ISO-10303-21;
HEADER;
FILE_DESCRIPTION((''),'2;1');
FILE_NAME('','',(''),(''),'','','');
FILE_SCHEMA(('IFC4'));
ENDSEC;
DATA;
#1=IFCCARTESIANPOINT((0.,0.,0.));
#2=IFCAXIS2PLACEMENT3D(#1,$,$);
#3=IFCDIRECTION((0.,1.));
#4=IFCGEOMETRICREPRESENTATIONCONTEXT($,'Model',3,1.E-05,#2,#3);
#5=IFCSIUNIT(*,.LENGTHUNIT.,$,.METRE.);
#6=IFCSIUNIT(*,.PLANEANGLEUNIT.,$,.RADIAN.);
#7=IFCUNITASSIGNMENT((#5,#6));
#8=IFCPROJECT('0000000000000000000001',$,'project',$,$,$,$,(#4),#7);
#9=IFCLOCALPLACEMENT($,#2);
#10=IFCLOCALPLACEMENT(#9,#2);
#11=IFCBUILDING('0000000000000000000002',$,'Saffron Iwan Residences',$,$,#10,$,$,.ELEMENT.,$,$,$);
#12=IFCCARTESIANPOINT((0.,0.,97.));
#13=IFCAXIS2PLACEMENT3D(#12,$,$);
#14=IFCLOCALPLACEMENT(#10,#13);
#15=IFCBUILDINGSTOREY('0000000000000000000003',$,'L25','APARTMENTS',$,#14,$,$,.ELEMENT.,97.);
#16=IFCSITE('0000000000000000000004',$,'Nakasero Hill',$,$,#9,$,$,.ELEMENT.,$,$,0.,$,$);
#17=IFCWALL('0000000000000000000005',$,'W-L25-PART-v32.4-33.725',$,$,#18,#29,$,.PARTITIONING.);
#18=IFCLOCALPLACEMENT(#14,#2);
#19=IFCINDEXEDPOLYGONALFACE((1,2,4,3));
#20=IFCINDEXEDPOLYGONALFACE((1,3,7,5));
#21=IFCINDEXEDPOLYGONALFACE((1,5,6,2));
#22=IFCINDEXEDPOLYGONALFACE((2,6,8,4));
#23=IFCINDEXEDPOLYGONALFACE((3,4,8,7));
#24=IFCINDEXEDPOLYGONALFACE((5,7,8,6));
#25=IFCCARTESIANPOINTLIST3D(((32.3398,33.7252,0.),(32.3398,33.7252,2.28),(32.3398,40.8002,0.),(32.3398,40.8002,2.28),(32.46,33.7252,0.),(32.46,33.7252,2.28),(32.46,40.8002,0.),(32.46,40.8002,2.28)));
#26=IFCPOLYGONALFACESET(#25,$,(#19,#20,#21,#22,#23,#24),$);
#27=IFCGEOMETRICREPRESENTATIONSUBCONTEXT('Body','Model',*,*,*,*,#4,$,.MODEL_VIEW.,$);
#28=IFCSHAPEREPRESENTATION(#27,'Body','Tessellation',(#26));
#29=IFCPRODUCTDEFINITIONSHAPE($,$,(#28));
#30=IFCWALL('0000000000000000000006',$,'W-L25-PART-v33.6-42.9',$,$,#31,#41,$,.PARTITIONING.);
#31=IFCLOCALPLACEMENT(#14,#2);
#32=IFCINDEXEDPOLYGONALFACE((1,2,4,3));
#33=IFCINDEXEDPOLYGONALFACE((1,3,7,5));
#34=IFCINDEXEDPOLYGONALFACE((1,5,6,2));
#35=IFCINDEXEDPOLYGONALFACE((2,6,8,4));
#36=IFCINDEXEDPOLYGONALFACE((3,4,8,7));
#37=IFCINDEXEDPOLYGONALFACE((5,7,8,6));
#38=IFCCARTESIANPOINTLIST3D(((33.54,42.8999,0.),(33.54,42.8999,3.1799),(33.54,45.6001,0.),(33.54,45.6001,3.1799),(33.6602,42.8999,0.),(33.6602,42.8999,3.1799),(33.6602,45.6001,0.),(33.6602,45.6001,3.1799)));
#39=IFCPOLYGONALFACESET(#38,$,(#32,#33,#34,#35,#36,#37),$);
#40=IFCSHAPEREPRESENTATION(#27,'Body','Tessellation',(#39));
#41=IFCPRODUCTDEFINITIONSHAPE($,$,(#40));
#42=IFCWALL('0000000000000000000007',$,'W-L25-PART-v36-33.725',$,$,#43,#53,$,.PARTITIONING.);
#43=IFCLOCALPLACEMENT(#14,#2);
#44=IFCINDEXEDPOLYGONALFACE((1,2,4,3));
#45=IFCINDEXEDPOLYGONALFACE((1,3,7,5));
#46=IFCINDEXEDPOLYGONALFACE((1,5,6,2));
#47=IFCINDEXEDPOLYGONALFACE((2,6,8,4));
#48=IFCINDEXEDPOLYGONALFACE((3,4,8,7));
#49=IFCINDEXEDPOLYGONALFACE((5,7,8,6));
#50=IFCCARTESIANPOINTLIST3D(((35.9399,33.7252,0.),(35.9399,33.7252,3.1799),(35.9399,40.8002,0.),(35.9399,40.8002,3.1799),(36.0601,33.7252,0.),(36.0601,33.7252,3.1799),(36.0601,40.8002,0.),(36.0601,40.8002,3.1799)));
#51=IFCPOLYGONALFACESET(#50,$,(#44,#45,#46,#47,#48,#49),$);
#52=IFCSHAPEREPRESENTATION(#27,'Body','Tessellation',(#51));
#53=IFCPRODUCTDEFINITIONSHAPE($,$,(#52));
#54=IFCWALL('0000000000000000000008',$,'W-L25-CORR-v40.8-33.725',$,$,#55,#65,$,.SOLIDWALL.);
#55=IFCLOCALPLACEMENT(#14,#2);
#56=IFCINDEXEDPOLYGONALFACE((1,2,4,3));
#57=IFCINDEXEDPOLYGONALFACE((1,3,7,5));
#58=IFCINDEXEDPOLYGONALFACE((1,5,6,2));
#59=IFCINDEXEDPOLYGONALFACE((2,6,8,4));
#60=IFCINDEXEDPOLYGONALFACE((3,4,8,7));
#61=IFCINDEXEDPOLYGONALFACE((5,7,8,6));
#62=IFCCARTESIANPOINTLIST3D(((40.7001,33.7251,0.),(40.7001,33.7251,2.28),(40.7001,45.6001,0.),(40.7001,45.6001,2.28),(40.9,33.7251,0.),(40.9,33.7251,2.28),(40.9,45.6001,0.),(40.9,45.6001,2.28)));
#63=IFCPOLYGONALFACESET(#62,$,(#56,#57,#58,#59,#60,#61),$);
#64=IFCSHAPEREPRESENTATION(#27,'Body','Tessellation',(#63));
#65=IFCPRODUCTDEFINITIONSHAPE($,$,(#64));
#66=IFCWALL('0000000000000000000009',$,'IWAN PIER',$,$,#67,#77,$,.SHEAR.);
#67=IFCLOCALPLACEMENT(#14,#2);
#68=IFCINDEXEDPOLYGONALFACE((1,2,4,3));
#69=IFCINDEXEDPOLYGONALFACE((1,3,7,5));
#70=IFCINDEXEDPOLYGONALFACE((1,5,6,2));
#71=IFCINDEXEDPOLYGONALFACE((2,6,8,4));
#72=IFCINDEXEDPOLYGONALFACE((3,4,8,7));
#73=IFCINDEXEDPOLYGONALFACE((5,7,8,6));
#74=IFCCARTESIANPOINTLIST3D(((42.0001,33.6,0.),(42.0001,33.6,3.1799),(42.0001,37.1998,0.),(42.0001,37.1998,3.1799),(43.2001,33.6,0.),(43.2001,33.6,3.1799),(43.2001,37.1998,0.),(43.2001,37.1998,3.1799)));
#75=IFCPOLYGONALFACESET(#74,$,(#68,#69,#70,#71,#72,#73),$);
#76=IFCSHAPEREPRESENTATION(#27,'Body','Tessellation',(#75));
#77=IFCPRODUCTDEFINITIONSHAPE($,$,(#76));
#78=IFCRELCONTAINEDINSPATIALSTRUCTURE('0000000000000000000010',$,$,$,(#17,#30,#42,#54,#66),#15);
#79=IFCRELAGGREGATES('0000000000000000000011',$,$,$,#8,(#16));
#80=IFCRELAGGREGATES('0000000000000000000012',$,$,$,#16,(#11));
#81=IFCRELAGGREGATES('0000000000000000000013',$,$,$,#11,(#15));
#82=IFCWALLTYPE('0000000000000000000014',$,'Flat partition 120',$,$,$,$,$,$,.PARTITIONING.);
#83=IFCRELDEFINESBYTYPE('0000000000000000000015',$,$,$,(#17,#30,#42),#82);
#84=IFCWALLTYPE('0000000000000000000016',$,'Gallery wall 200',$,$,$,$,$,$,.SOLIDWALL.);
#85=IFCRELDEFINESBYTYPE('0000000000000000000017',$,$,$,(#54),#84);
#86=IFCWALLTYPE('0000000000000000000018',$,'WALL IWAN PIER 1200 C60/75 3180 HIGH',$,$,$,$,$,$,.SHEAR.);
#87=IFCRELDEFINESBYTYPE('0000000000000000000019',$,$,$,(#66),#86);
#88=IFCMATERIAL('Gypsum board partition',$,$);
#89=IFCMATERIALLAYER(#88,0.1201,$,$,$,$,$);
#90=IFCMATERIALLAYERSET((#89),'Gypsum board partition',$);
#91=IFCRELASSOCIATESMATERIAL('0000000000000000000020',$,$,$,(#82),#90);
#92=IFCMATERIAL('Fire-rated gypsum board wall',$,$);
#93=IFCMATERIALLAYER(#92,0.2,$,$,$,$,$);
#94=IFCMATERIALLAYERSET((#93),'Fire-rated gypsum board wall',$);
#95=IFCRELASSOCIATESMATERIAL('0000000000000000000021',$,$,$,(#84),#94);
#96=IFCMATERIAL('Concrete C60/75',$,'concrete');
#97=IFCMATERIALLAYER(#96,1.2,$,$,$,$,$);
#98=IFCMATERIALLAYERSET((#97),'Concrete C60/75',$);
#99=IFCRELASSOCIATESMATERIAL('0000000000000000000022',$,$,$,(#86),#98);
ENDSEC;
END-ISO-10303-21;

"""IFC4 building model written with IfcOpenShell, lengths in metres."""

from ifc_helpers import new_model, si_unit, direction, frame, frame_2d, origin, place, context, subcontext, project, spatial, rectangle, extrude, material, layer, layer_set, type_object, element, save


model = new_model("IFC4")

# Units and contexts
model_context = context("Model", 3, precision=1e-05, world=origin(), true_north=direction((0.0, 1.0)))
body_context = subcontext(model_context, "Body", "Model", "MODEL_VIEW")
ifc_project = project(units=[si_unit("LENGTHUNIT", "METRE"), si_unit("PLANEANGLEUNIT", "RADIAN")], contexts=[model_context])

# Site, building, storey
site_placement = place(None, origin())
site = spatial("IfcSite", under=ifc_project, at=site_placement, Name="Nakasero Hill", CompositionType="ELEMENT", RefElevation=0.0)
building_placement = place(site_placement, origin())
building = spatial("IfcBuilding", under=site, at=building_placement, Name="Saffron Iwan Residences", CompositionType="ELEMENT")
storey_placement = place(building_placement, frame((0.0, 0.0, 97.0)))
storey = spatial("IfcBuildingStorey", under=building, at=storey_placement, Name="L25", Description="APARTMENTS", CompositionType="ELEMENT", Elevation=97.0)

# Shared definitions
ifc_material_1 = material(Name="Concrete C60/75", Category="concrete")

# Shared definitions
ifc_material_2 = material(Name="Gypsum board partition")
ifc_layer_1 = layer(ifc_material_2, 0.1201)
ifc_layer_set_1 = layer_set([ifc_layer_1], Name="Gypsum board partition")
wall_type_1 = type_object("IfcWallType", Name="Flat partition 120", PredefinedType="PARTITIONING", material=ifc_layer_set_1)

# Walls
wall_1_placement = place(storey_placement, frame((32.3999, 33.7251, 0.0), z_axis=(0.0, 0.0, 1.0), x_axis=(0.0, 1.0, 0.0)))
element("IfcWall", 1, at=wall_1_placement, inside=storey, type_object=wall_type_1, Name="W-L25-PART-v32.4-33.725", PredefinedType="PARTITIONING", context=body_context, shape_type="SweptSolid", body=[
    extrude(rectangle(XDim=7.075, YDim=0.1201, at=frame_2d((3.5376, 0.0))), origin(), (0.0, 0.0, 1.0), 2.28),
])
wall_2_placement = place(storey_placement, frame((33.6001, 42.8999, 0.0), z_axis=(0.0, 0.0, 1.0), x_axis=(0.0, 1.0, 0.0)))
element("IfcWall", 2, at=wall_2_placement, inside=storey, type_object=wall_type_1, Name="W-L25-PART-v33.6-42.9", PredefinedType="PARTITIONING", context=body_context, shape_type="SweptSolid", body=[
    extrude(rectangle(XDim=2.7002, YDim=0.1201, at=frame_2d((1.3501, 0.0))), origin(), (0.0, 0.0, 1.0), 3.1799),
])
wall_3_placement = place(storey_placement, frame((36.0, 33.7251, 0.0), z_axis=(0.0, 0.0, 1.0), x_axis=(0.0, 1.0, 0.0)))
element("IfcWall", 3, at=wall_3_placement, inside=storey, type_object=wall_type_1, Name="W-L25-PART-v36-33.725", PredefinedType="PARTITIONING", context=body_context, shape_type="SweptSolid", body=[
    extrude(rectangle(XDim=7.075, YDim=0.1201, at=frame_2d((3.5376, 0.0))), origin(), (0.0, 0.0, 1.0), 3.1799),
])
ifc_material_3 = material(Name="Fire-rated gypsum board wall")
ifc_layer_2 = layer(ifc_material_3, 0.2)
ifc_layer_set_2 = layer_set([ifc_layer_2], Name="Fire-rated gypsum board wall")
wall_type_2 = type_object("IfcWallType", Name="Gallery wall 200", PredefinedType="SOLIDWALL", material=ifc_layer_set_2)
wall_4_placement = place(storey_placement, frame((40.8, 33.7251, 0.0), z_axis=(0.0, 0.0, 1.0), x_axis=(0.0, 1.0, 0.0)))
element("IfcWall", 4, at=wall_4_placement, inside=storey, type_object=wall_type_2, Name="W-L25-CORR-v40.8-33.725", PredefinedType="SOLIDWALL", context=body_context, shape_type="SweptSolid", body=[
    extrude(rectangle(XDim=11.875, YDim=0.2, at=frame_2d((5.9375, 0.0))), origin(), (0.0, 0.0, 1.0), 2.28),
])
ifc_layer_3 = layer(ifc_material_1, 1.2)
ifc_layer_set_3 = layer_set([ifc_layer_3], Name="Concrete C60/75")
wall_type_3 = type_object("IfcWallType", Name="WALL IWAN PIER 1200 C60/75 3180 HIGH", PredefinedType="SHEAR", material=ifc_layer_set_3)
wall_5_placement = place(storey_placement, frame((42.6001, 33.6001, 0.0), z_axis=(0.0, 0.0, 1.0), x_axis=(0.0, 1.0, 0.0)))
element("IfcWall", 5, at=wall_5_placement, inside=storey, type_object=wall_type_3, Name="IWAN PIER", PredefinedType="SHEAR", context=body_context, shape_type="SweptSolid", body=[
    extrude(rectangle(XDim=3.5999, YDim=1.2, at=frame_2d((1.7998, 0.0))), origin(), (0.0, 0.0, 1.0), 3.1799),
])

save(model, "model.ifc")
